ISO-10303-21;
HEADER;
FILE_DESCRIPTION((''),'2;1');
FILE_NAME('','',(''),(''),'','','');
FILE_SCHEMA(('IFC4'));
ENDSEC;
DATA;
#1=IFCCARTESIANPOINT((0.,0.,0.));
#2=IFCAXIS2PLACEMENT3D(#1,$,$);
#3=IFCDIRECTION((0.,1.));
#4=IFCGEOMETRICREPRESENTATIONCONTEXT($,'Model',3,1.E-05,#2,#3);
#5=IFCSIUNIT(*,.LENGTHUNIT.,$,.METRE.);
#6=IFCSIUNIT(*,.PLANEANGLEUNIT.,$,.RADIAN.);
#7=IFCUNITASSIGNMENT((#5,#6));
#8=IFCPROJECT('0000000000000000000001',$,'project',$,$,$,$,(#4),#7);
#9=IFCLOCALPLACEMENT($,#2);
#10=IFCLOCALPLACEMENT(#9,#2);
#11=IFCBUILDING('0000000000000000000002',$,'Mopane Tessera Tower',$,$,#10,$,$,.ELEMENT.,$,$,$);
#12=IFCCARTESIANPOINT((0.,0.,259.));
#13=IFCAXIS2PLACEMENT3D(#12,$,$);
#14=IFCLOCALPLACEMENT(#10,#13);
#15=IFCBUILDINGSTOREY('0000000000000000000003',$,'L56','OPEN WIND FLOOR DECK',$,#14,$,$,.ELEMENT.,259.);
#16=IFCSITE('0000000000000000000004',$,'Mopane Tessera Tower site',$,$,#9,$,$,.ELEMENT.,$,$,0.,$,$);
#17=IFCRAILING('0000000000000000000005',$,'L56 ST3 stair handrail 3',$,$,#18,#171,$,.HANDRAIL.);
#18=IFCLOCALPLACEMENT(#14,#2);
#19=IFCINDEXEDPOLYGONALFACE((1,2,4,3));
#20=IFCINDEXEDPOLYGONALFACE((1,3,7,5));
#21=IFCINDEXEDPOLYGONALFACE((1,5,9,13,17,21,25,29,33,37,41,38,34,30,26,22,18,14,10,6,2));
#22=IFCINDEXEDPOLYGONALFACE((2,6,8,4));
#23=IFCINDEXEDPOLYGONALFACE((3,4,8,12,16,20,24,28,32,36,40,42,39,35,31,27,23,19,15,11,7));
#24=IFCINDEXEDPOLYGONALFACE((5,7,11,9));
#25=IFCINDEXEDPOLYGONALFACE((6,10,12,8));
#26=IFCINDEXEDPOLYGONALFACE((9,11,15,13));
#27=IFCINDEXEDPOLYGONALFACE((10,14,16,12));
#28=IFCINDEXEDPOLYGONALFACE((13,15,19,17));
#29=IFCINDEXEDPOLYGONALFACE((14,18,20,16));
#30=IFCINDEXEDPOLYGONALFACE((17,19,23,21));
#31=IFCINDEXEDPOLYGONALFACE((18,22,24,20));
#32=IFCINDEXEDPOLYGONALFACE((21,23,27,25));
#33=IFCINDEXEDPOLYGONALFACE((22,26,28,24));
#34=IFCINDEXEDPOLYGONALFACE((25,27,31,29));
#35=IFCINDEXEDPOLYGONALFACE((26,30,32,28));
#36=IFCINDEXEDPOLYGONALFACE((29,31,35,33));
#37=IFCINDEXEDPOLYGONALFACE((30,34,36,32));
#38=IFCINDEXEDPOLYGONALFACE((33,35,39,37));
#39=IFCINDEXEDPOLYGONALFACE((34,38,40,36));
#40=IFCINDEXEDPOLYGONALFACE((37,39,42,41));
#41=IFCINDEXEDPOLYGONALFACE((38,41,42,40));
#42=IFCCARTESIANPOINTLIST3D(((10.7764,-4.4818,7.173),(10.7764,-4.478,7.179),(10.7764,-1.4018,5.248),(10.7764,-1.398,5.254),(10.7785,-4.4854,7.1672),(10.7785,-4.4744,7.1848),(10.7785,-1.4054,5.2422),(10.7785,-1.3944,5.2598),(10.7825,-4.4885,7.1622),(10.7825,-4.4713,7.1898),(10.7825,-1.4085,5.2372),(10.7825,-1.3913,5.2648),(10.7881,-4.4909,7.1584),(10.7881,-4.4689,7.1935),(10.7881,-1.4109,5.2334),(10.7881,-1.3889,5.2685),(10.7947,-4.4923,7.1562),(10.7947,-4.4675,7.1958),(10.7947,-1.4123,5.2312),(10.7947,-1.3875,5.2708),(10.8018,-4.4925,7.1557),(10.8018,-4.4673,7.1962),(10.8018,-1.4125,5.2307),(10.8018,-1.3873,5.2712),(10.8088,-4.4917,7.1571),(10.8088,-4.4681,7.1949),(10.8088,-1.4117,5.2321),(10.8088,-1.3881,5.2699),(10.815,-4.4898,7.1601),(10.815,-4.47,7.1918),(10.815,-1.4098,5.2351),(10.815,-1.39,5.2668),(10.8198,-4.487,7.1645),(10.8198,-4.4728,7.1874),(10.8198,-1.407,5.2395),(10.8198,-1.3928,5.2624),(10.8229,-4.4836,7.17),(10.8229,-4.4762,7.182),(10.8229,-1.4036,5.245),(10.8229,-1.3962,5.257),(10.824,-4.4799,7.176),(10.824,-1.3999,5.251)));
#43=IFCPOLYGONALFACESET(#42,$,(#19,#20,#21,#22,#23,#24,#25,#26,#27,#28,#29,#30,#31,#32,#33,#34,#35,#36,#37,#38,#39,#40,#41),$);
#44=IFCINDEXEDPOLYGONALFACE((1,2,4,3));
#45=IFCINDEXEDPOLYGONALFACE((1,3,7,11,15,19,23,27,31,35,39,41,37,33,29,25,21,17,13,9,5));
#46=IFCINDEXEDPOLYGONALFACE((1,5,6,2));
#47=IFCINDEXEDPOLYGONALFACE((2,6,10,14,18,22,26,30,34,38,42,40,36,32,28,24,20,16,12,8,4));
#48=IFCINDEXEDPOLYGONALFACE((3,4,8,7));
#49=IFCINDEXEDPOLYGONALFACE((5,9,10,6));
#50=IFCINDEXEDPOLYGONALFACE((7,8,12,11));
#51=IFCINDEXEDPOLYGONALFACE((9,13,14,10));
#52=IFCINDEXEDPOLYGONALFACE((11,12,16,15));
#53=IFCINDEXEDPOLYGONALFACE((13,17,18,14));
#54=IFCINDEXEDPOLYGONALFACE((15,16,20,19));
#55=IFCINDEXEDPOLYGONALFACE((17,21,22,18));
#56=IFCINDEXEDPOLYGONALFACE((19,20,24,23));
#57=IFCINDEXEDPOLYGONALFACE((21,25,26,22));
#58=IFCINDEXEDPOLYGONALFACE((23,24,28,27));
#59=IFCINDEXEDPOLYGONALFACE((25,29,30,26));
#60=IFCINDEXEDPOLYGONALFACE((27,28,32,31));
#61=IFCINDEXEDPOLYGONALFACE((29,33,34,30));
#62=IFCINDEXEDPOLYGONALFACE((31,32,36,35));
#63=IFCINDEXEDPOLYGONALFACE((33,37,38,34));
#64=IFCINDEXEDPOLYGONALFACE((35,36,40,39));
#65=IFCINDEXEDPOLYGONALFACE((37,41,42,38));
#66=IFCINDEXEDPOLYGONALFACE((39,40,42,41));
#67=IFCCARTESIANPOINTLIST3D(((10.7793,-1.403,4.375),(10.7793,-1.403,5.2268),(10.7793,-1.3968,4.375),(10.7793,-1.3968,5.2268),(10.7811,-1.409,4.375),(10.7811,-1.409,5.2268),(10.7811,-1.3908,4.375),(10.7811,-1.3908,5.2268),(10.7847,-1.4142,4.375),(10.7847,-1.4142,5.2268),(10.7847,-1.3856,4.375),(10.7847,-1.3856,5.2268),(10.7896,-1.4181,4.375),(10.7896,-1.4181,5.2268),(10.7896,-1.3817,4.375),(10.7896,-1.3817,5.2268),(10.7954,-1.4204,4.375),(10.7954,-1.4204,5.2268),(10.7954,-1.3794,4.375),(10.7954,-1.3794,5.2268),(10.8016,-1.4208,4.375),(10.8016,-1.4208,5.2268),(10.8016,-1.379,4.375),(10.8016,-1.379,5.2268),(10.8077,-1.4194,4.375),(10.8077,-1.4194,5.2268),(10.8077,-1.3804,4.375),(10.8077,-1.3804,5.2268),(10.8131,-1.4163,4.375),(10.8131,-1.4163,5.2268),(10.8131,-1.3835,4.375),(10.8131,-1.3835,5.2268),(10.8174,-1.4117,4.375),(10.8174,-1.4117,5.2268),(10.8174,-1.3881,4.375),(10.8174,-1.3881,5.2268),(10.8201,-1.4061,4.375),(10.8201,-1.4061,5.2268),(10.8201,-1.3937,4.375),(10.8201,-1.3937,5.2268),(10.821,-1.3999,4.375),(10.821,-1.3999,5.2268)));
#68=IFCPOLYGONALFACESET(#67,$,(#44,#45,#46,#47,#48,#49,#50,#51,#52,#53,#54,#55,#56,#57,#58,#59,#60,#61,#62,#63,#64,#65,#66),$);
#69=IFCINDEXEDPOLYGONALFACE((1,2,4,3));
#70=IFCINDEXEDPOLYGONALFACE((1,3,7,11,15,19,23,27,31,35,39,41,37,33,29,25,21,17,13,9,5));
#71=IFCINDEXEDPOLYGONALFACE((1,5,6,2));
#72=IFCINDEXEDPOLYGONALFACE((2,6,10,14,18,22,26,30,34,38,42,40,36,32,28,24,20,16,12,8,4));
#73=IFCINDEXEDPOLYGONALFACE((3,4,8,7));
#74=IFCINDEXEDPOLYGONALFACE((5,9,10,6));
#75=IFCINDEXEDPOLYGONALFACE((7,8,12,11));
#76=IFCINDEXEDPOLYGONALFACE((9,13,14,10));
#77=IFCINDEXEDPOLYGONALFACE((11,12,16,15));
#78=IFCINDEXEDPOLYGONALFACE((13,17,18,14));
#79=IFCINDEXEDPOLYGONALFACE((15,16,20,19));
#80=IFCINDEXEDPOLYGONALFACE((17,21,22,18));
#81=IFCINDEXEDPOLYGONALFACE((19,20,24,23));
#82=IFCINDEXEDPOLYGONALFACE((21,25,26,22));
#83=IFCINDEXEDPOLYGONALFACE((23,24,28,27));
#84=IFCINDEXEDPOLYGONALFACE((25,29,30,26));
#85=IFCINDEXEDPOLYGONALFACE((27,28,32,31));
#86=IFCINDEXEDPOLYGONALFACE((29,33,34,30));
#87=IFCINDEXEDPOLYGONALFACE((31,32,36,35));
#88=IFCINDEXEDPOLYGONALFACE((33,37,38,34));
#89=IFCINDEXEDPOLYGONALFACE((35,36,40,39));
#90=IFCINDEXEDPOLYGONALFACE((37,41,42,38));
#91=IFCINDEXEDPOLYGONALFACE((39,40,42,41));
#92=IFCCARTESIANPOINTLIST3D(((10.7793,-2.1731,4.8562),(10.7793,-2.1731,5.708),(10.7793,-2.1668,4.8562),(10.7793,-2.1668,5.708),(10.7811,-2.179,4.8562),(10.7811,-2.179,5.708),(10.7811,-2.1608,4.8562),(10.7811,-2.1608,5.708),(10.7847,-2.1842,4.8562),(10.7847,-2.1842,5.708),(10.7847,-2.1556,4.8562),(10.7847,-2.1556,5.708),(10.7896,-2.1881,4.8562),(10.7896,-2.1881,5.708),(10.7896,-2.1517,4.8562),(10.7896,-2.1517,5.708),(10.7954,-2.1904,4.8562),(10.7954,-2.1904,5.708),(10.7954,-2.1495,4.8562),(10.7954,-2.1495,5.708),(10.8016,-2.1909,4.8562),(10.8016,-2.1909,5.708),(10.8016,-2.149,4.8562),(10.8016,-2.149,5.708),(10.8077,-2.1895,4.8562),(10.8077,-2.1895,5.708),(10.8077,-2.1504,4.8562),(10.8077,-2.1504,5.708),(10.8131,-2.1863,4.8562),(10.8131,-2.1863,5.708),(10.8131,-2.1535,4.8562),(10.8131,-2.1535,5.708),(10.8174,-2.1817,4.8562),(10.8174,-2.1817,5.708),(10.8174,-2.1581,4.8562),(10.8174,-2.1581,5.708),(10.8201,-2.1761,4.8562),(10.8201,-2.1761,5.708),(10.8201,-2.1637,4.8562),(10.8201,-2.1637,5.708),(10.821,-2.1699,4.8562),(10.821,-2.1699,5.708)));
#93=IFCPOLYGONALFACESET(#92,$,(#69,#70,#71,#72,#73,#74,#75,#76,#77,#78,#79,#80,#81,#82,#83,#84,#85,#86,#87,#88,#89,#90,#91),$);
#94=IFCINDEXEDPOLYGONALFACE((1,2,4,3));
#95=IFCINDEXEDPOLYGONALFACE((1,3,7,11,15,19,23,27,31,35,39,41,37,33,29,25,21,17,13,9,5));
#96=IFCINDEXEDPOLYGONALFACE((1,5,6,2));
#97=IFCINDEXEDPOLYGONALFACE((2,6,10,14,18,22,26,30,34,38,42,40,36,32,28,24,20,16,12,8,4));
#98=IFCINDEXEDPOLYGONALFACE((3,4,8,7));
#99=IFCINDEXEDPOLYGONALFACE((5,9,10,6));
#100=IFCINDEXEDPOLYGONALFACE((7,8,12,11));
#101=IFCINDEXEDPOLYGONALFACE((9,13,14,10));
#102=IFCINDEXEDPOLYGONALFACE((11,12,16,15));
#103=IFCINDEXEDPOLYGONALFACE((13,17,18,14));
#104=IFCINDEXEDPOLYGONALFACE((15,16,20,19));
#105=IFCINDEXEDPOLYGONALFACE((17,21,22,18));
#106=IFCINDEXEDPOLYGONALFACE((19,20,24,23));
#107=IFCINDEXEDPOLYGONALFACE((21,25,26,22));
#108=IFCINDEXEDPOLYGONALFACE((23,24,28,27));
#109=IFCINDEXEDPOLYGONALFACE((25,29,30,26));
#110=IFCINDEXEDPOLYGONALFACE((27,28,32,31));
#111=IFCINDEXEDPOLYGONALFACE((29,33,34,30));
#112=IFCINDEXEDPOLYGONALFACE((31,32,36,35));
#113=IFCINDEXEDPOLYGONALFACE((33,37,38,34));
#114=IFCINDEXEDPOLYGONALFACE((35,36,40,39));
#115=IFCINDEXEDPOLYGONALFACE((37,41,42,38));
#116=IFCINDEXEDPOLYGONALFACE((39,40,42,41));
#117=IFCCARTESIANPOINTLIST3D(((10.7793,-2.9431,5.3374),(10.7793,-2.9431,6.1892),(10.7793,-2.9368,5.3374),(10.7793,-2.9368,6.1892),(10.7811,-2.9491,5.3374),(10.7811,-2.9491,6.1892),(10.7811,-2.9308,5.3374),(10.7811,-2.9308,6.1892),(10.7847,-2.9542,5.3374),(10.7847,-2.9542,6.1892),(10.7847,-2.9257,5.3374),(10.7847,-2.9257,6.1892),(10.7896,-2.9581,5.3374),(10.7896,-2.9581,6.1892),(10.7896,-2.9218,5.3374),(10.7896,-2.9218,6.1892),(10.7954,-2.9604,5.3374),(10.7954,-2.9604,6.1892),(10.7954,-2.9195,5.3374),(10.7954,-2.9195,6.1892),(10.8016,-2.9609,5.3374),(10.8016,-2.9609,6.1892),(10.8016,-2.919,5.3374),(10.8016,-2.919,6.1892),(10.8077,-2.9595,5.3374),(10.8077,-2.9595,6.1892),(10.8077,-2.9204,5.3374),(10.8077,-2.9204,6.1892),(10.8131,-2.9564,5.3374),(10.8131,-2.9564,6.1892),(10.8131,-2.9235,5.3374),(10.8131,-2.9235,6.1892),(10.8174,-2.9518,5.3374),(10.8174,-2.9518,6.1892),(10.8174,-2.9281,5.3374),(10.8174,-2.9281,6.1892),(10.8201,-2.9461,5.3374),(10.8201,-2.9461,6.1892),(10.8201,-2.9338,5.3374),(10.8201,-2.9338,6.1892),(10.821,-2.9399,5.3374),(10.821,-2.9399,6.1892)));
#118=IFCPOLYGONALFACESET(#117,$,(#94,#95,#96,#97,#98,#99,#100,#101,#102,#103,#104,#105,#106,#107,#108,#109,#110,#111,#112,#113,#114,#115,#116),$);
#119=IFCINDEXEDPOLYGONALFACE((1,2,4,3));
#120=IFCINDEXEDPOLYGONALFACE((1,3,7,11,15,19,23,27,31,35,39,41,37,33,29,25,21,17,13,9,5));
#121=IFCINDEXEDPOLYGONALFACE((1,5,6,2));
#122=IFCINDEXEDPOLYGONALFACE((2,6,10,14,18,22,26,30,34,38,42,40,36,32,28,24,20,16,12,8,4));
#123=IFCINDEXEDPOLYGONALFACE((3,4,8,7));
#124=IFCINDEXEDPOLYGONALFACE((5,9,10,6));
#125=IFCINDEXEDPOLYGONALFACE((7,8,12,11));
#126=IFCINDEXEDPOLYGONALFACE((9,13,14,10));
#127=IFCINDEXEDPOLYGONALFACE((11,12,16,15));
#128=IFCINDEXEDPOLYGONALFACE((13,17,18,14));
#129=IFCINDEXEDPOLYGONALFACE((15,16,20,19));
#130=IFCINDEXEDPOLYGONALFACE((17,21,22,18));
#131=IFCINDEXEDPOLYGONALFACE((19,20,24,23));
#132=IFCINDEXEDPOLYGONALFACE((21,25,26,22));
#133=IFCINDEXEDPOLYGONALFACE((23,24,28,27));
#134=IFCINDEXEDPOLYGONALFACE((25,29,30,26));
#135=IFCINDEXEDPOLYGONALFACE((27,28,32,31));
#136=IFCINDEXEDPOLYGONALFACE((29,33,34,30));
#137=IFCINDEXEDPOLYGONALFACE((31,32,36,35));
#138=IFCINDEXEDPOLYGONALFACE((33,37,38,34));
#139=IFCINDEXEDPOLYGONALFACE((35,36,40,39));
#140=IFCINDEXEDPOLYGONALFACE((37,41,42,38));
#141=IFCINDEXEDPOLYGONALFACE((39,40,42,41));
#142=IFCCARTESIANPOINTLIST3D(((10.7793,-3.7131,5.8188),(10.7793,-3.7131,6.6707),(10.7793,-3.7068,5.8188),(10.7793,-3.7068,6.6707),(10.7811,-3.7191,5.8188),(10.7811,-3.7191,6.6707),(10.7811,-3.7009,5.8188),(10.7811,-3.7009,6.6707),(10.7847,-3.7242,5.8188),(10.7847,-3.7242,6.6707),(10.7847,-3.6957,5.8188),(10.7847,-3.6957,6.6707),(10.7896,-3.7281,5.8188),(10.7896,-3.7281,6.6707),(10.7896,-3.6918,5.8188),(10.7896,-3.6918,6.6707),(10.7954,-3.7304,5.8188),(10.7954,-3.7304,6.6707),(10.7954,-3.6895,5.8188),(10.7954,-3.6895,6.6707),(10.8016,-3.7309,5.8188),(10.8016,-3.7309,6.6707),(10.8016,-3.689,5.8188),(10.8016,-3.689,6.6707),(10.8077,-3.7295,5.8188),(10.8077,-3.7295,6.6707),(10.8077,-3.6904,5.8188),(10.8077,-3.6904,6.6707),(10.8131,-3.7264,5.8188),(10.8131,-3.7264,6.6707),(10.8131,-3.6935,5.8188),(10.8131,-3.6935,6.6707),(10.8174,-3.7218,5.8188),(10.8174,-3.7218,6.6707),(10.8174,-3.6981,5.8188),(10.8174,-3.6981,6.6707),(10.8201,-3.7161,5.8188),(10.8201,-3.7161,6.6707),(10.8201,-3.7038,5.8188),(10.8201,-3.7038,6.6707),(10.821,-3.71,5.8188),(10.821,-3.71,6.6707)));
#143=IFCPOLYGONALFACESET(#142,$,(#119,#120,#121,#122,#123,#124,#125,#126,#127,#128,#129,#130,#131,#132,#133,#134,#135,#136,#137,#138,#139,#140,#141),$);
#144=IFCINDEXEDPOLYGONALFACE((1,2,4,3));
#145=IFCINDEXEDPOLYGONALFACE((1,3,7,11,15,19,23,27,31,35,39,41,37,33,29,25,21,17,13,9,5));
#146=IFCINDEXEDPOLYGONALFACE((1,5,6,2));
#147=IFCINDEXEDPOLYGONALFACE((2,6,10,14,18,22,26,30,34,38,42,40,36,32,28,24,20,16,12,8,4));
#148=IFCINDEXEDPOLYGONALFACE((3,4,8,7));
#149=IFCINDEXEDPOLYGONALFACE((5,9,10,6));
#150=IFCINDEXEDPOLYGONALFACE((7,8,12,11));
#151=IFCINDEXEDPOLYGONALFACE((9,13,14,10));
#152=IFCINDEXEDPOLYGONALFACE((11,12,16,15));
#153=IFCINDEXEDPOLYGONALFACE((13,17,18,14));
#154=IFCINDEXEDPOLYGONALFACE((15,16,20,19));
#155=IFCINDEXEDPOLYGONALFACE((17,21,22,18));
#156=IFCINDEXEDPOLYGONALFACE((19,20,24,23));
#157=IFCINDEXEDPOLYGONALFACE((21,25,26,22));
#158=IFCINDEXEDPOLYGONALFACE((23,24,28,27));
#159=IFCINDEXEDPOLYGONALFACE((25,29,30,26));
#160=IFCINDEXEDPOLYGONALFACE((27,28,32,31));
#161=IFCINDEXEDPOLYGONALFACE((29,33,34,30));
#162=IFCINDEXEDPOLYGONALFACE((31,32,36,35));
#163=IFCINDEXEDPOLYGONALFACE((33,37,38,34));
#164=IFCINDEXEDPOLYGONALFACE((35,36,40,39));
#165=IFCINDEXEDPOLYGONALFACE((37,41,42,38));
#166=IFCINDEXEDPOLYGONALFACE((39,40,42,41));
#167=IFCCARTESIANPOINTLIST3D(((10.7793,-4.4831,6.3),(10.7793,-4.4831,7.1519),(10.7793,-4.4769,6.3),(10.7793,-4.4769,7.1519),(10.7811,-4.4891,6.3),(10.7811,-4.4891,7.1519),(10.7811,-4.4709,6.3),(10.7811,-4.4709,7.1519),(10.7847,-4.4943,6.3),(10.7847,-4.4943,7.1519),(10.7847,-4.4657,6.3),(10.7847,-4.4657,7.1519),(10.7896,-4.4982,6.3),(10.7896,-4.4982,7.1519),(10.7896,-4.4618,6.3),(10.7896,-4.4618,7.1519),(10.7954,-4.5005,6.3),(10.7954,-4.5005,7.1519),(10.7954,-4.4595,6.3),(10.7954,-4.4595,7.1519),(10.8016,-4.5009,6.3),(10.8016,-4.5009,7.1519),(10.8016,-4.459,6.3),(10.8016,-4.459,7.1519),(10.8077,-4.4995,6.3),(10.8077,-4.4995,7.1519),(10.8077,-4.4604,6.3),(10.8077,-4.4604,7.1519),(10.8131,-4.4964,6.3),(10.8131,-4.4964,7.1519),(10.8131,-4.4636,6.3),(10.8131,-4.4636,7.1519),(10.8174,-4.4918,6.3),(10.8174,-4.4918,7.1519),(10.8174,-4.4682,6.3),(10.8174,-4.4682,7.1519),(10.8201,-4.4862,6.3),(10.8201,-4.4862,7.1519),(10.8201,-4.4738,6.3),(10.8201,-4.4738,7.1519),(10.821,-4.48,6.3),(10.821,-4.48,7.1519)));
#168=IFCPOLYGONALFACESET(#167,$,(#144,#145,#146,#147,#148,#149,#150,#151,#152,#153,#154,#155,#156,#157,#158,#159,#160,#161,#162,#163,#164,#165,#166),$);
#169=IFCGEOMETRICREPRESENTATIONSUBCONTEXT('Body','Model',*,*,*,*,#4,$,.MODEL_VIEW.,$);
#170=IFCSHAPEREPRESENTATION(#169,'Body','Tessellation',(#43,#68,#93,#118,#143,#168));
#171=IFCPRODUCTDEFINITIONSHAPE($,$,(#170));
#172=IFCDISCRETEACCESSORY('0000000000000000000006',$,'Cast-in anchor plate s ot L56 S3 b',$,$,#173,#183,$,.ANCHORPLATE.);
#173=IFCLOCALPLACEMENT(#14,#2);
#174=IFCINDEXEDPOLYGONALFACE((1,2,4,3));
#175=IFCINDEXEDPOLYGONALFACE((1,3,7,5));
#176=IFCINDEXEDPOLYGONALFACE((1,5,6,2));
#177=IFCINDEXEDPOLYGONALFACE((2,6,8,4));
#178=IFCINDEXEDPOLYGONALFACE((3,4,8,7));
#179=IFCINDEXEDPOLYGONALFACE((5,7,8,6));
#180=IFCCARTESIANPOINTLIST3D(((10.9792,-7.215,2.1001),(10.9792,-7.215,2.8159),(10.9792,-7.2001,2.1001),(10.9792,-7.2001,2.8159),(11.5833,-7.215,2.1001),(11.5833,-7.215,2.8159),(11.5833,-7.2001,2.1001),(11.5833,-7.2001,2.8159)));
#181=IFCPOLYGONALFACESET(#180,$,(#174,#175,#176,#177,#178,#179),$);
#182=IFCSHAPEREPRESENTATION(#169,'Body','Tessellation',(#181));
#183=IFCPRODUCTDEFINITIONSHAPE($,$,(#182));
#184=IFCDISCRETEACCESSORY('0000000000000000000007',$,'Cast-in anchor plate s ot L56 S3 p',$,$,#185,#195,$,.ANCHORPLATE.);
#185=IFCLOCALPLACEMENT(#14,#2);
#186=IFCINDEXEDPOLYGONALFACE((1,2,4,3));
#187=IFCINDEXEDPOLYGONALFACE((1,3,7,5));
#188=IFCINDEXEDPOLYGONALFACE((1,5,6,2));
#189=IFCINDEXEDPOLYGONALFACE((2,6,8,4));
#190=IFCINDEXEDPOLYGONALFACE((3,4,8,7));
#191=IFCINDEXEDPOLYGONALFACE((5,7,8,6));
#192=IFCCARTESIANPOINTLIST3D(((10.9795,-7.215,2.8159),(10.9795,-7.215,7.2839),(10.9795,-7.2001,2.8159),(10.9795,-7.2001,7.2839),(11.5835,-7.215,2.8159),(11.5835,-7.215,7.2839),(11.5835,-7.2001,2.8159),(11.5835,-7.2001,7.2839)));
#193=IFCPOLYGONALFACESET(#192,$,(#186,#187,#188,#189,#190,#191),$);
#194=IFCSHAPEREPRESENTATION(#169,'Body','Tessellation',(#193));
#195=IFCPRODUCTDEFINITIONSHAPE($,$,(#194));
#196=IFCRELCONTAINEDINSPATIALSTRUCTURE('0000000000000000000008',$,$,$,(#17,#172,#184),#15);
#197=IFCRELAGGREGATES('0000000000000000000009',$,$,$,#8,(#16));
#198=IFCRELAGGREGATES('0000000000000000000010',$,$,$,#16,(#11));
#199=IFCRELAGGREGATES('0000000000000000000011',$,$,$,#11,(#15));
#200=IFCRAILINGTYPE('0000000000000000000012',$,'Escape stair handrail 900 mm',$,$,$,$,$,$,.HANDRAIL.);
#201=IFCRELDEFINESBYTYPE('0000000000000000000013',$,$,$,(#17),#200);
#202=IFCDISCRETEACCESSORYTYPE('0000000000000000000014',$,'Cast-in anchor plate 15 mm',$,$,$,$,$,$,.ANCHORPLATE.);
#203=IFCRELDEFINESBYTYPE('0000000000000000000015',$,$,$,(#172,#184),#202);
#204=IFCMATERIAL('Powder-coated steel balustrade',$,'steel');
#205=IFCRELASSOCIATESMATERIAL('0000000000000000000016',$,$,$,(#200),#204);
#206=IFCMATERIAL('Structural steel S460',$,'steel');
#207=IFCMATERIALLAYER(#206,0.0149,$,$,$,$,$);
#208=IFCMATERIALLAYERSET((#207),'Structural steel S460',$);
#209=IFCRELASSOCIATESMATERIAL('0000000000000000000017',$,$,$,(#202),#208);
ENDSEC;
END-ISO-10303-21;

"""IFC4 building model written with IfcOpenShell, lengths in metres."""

from ifc_helpers import new_model, si_unit, direction, frame, origin, origin_2d, place, context, subcontext, project, spatial, rectangle, circle, extrude, material, layer, layer_set, type_object, element, save


model = new_model("IFC4")

# Units and contexts
model_context = context("Model", 3, precision=1e-05, world=origin(), true_north=direction((0.0, 1.0)))
body_context = subcontext(model_context, "Body", "Model", "MODEL_VIEW")
ifc_project = project(units=[si_unit("LENGTHUNIT", "METRE"), si_unit("PLANEANGLEUNIT", "RADIAN")], contexts=[model_context])

# Site, building, storey
site_placement = place(None, origin())
site = spatial("IfcSite", under=ifc_project, at=site_placement, Name="Mopane Tessera Tower site", CompositionType="ELEMENT", RefElevation=0.0)
building_placement = place(site_placement, origin())
building = spatial("IfcBuilding", under=site, at=building_placement, Name="Mopane Tessera Tower", CompositionType="ELEMENT")
storey_placement = place(building_placement, frame((0.0, 0.0, 259.0)))
storey = spatial("IfcBuildingStorey", under=building, at=storey_placement, Name="L56", Description="OPEN WIND FLOOR DECK", CompositionType="ELEMENT", Elevation=259.0)

# Railing
ifc_material_1 = material(Name="Powder-coated steel balustrade", Category="steel")
railing_type = type_object("IfcRailingType", Name="Escape stair handrail 900 mm", PredefinedType="HANDRAIL", material=ifc_material_1)
for number, where, name in (
    (1, (10.8, -1.3999, 4.375), "L56 ST3 stair handrail 3"),
):
    element("IfcRailing", number, at=place(storey_placement, frame(where)), inside=storey, type_object=railing_type, Name=name, PredefinedType="HANDRAIL", context=body_context, shape_type="SweptSolid", body=[
        extrude(circle(Radius=0.0239, at=origin_2d()), frame((0.0, 0.0, 0.876), z_axis=(0.0, -0.847998, 0.529999), x_axis=(1.0, 0.0, 0.0)), (0.0, 0.0, 1.0), 3.6321),
        extrude(circle(Radius=0.021, at=origin_2d()), origin(), (0.0, 0.0, 1.0), 0.8518),
        extrude(circle(Radius=0.021, at=origin_2d()), frame((0.0, -0.77, 0.4812)), (0.0, 0.0, 1.0), 0.8518),
        extrude(circle(Radius=0.021, at=origin_2d()), frame((0.0, -1.54, 0.9624)), (0.0, 0.0, 1.0), 0.8518),
        extrude(circle(Radius=0.021, at=origin_2d()), frame((0.0, -2.3101, 1.4438)), (0.0, 0.0, 1.0), 0.8518),
        extrude(circle(Radius=0.021, at=origin_2d()), frame((0.0, -3.0801, 1.925)), (0.0, 0.0, 1.0), 0.8518),
    ])

# Discrete accessories
ifc_material_2 = material(Name="Structural steel S460", Category="steel")
ifc_layer_1 = layer(ifc_material_2, 0.0149)
ifc_layer_set_1 = layer_set([ifc_layer_1], Name="Structural steel S460")
discrete_accessory_type = type_object("IfcDiscreteAccessoryType", Name="Cast-in anchor plate 15 mm", PredefinedType="ANCHORPLATE", material=ifc_layer_set_1)
discrete_accessory_1_placement = place(storey_placement, frame((11.2812, -7.2075, 2.1001), z_axis=(0.0, 0.0, 1.0), x_axis=(0.0, -1.0, 0.0)))
element("IfcDiscreteAccessory", 2, at=discrete_accessory_1_placement, inside=storey, type_object=discrete_accessory_type, Name="Cast-in anchor plate s ot L56 S3 b", PredefinedType="ANCHORPLATE", context=body_context, shape_type="SweptSolid", body=[
    extrude(rectangle(XDim=0.0149, YDim=0.604, at=origin_2d()), origin(), (0.0, 0.0, 1.0), 0.7158),
])
discrete_accessory_2_placement = place(storey_placement, frame((11.2815, -7.2075, 2.8159), z_axis=(0.0, 0.0, 1.0), x_axis=(0.0, -1.0, 0.0)))
element("IfcDiscreteAccessory", 3, at=discrete_accessory_2_placement, inside=storey, type_object=discrete_accessory_type, Name="Cast-in anchor plate s ot L56 S3 p", PredefinedType="ANCHORPLATE", context=body_context, shape_type="SweptSolid", body=[
    extrude(rectangle(XDim=0.0149, YDim=0.604, at=origin_2d()), origin(), (0.0, 0.0, 1.0), 4.468),
])

save(model, "model.ifc")
